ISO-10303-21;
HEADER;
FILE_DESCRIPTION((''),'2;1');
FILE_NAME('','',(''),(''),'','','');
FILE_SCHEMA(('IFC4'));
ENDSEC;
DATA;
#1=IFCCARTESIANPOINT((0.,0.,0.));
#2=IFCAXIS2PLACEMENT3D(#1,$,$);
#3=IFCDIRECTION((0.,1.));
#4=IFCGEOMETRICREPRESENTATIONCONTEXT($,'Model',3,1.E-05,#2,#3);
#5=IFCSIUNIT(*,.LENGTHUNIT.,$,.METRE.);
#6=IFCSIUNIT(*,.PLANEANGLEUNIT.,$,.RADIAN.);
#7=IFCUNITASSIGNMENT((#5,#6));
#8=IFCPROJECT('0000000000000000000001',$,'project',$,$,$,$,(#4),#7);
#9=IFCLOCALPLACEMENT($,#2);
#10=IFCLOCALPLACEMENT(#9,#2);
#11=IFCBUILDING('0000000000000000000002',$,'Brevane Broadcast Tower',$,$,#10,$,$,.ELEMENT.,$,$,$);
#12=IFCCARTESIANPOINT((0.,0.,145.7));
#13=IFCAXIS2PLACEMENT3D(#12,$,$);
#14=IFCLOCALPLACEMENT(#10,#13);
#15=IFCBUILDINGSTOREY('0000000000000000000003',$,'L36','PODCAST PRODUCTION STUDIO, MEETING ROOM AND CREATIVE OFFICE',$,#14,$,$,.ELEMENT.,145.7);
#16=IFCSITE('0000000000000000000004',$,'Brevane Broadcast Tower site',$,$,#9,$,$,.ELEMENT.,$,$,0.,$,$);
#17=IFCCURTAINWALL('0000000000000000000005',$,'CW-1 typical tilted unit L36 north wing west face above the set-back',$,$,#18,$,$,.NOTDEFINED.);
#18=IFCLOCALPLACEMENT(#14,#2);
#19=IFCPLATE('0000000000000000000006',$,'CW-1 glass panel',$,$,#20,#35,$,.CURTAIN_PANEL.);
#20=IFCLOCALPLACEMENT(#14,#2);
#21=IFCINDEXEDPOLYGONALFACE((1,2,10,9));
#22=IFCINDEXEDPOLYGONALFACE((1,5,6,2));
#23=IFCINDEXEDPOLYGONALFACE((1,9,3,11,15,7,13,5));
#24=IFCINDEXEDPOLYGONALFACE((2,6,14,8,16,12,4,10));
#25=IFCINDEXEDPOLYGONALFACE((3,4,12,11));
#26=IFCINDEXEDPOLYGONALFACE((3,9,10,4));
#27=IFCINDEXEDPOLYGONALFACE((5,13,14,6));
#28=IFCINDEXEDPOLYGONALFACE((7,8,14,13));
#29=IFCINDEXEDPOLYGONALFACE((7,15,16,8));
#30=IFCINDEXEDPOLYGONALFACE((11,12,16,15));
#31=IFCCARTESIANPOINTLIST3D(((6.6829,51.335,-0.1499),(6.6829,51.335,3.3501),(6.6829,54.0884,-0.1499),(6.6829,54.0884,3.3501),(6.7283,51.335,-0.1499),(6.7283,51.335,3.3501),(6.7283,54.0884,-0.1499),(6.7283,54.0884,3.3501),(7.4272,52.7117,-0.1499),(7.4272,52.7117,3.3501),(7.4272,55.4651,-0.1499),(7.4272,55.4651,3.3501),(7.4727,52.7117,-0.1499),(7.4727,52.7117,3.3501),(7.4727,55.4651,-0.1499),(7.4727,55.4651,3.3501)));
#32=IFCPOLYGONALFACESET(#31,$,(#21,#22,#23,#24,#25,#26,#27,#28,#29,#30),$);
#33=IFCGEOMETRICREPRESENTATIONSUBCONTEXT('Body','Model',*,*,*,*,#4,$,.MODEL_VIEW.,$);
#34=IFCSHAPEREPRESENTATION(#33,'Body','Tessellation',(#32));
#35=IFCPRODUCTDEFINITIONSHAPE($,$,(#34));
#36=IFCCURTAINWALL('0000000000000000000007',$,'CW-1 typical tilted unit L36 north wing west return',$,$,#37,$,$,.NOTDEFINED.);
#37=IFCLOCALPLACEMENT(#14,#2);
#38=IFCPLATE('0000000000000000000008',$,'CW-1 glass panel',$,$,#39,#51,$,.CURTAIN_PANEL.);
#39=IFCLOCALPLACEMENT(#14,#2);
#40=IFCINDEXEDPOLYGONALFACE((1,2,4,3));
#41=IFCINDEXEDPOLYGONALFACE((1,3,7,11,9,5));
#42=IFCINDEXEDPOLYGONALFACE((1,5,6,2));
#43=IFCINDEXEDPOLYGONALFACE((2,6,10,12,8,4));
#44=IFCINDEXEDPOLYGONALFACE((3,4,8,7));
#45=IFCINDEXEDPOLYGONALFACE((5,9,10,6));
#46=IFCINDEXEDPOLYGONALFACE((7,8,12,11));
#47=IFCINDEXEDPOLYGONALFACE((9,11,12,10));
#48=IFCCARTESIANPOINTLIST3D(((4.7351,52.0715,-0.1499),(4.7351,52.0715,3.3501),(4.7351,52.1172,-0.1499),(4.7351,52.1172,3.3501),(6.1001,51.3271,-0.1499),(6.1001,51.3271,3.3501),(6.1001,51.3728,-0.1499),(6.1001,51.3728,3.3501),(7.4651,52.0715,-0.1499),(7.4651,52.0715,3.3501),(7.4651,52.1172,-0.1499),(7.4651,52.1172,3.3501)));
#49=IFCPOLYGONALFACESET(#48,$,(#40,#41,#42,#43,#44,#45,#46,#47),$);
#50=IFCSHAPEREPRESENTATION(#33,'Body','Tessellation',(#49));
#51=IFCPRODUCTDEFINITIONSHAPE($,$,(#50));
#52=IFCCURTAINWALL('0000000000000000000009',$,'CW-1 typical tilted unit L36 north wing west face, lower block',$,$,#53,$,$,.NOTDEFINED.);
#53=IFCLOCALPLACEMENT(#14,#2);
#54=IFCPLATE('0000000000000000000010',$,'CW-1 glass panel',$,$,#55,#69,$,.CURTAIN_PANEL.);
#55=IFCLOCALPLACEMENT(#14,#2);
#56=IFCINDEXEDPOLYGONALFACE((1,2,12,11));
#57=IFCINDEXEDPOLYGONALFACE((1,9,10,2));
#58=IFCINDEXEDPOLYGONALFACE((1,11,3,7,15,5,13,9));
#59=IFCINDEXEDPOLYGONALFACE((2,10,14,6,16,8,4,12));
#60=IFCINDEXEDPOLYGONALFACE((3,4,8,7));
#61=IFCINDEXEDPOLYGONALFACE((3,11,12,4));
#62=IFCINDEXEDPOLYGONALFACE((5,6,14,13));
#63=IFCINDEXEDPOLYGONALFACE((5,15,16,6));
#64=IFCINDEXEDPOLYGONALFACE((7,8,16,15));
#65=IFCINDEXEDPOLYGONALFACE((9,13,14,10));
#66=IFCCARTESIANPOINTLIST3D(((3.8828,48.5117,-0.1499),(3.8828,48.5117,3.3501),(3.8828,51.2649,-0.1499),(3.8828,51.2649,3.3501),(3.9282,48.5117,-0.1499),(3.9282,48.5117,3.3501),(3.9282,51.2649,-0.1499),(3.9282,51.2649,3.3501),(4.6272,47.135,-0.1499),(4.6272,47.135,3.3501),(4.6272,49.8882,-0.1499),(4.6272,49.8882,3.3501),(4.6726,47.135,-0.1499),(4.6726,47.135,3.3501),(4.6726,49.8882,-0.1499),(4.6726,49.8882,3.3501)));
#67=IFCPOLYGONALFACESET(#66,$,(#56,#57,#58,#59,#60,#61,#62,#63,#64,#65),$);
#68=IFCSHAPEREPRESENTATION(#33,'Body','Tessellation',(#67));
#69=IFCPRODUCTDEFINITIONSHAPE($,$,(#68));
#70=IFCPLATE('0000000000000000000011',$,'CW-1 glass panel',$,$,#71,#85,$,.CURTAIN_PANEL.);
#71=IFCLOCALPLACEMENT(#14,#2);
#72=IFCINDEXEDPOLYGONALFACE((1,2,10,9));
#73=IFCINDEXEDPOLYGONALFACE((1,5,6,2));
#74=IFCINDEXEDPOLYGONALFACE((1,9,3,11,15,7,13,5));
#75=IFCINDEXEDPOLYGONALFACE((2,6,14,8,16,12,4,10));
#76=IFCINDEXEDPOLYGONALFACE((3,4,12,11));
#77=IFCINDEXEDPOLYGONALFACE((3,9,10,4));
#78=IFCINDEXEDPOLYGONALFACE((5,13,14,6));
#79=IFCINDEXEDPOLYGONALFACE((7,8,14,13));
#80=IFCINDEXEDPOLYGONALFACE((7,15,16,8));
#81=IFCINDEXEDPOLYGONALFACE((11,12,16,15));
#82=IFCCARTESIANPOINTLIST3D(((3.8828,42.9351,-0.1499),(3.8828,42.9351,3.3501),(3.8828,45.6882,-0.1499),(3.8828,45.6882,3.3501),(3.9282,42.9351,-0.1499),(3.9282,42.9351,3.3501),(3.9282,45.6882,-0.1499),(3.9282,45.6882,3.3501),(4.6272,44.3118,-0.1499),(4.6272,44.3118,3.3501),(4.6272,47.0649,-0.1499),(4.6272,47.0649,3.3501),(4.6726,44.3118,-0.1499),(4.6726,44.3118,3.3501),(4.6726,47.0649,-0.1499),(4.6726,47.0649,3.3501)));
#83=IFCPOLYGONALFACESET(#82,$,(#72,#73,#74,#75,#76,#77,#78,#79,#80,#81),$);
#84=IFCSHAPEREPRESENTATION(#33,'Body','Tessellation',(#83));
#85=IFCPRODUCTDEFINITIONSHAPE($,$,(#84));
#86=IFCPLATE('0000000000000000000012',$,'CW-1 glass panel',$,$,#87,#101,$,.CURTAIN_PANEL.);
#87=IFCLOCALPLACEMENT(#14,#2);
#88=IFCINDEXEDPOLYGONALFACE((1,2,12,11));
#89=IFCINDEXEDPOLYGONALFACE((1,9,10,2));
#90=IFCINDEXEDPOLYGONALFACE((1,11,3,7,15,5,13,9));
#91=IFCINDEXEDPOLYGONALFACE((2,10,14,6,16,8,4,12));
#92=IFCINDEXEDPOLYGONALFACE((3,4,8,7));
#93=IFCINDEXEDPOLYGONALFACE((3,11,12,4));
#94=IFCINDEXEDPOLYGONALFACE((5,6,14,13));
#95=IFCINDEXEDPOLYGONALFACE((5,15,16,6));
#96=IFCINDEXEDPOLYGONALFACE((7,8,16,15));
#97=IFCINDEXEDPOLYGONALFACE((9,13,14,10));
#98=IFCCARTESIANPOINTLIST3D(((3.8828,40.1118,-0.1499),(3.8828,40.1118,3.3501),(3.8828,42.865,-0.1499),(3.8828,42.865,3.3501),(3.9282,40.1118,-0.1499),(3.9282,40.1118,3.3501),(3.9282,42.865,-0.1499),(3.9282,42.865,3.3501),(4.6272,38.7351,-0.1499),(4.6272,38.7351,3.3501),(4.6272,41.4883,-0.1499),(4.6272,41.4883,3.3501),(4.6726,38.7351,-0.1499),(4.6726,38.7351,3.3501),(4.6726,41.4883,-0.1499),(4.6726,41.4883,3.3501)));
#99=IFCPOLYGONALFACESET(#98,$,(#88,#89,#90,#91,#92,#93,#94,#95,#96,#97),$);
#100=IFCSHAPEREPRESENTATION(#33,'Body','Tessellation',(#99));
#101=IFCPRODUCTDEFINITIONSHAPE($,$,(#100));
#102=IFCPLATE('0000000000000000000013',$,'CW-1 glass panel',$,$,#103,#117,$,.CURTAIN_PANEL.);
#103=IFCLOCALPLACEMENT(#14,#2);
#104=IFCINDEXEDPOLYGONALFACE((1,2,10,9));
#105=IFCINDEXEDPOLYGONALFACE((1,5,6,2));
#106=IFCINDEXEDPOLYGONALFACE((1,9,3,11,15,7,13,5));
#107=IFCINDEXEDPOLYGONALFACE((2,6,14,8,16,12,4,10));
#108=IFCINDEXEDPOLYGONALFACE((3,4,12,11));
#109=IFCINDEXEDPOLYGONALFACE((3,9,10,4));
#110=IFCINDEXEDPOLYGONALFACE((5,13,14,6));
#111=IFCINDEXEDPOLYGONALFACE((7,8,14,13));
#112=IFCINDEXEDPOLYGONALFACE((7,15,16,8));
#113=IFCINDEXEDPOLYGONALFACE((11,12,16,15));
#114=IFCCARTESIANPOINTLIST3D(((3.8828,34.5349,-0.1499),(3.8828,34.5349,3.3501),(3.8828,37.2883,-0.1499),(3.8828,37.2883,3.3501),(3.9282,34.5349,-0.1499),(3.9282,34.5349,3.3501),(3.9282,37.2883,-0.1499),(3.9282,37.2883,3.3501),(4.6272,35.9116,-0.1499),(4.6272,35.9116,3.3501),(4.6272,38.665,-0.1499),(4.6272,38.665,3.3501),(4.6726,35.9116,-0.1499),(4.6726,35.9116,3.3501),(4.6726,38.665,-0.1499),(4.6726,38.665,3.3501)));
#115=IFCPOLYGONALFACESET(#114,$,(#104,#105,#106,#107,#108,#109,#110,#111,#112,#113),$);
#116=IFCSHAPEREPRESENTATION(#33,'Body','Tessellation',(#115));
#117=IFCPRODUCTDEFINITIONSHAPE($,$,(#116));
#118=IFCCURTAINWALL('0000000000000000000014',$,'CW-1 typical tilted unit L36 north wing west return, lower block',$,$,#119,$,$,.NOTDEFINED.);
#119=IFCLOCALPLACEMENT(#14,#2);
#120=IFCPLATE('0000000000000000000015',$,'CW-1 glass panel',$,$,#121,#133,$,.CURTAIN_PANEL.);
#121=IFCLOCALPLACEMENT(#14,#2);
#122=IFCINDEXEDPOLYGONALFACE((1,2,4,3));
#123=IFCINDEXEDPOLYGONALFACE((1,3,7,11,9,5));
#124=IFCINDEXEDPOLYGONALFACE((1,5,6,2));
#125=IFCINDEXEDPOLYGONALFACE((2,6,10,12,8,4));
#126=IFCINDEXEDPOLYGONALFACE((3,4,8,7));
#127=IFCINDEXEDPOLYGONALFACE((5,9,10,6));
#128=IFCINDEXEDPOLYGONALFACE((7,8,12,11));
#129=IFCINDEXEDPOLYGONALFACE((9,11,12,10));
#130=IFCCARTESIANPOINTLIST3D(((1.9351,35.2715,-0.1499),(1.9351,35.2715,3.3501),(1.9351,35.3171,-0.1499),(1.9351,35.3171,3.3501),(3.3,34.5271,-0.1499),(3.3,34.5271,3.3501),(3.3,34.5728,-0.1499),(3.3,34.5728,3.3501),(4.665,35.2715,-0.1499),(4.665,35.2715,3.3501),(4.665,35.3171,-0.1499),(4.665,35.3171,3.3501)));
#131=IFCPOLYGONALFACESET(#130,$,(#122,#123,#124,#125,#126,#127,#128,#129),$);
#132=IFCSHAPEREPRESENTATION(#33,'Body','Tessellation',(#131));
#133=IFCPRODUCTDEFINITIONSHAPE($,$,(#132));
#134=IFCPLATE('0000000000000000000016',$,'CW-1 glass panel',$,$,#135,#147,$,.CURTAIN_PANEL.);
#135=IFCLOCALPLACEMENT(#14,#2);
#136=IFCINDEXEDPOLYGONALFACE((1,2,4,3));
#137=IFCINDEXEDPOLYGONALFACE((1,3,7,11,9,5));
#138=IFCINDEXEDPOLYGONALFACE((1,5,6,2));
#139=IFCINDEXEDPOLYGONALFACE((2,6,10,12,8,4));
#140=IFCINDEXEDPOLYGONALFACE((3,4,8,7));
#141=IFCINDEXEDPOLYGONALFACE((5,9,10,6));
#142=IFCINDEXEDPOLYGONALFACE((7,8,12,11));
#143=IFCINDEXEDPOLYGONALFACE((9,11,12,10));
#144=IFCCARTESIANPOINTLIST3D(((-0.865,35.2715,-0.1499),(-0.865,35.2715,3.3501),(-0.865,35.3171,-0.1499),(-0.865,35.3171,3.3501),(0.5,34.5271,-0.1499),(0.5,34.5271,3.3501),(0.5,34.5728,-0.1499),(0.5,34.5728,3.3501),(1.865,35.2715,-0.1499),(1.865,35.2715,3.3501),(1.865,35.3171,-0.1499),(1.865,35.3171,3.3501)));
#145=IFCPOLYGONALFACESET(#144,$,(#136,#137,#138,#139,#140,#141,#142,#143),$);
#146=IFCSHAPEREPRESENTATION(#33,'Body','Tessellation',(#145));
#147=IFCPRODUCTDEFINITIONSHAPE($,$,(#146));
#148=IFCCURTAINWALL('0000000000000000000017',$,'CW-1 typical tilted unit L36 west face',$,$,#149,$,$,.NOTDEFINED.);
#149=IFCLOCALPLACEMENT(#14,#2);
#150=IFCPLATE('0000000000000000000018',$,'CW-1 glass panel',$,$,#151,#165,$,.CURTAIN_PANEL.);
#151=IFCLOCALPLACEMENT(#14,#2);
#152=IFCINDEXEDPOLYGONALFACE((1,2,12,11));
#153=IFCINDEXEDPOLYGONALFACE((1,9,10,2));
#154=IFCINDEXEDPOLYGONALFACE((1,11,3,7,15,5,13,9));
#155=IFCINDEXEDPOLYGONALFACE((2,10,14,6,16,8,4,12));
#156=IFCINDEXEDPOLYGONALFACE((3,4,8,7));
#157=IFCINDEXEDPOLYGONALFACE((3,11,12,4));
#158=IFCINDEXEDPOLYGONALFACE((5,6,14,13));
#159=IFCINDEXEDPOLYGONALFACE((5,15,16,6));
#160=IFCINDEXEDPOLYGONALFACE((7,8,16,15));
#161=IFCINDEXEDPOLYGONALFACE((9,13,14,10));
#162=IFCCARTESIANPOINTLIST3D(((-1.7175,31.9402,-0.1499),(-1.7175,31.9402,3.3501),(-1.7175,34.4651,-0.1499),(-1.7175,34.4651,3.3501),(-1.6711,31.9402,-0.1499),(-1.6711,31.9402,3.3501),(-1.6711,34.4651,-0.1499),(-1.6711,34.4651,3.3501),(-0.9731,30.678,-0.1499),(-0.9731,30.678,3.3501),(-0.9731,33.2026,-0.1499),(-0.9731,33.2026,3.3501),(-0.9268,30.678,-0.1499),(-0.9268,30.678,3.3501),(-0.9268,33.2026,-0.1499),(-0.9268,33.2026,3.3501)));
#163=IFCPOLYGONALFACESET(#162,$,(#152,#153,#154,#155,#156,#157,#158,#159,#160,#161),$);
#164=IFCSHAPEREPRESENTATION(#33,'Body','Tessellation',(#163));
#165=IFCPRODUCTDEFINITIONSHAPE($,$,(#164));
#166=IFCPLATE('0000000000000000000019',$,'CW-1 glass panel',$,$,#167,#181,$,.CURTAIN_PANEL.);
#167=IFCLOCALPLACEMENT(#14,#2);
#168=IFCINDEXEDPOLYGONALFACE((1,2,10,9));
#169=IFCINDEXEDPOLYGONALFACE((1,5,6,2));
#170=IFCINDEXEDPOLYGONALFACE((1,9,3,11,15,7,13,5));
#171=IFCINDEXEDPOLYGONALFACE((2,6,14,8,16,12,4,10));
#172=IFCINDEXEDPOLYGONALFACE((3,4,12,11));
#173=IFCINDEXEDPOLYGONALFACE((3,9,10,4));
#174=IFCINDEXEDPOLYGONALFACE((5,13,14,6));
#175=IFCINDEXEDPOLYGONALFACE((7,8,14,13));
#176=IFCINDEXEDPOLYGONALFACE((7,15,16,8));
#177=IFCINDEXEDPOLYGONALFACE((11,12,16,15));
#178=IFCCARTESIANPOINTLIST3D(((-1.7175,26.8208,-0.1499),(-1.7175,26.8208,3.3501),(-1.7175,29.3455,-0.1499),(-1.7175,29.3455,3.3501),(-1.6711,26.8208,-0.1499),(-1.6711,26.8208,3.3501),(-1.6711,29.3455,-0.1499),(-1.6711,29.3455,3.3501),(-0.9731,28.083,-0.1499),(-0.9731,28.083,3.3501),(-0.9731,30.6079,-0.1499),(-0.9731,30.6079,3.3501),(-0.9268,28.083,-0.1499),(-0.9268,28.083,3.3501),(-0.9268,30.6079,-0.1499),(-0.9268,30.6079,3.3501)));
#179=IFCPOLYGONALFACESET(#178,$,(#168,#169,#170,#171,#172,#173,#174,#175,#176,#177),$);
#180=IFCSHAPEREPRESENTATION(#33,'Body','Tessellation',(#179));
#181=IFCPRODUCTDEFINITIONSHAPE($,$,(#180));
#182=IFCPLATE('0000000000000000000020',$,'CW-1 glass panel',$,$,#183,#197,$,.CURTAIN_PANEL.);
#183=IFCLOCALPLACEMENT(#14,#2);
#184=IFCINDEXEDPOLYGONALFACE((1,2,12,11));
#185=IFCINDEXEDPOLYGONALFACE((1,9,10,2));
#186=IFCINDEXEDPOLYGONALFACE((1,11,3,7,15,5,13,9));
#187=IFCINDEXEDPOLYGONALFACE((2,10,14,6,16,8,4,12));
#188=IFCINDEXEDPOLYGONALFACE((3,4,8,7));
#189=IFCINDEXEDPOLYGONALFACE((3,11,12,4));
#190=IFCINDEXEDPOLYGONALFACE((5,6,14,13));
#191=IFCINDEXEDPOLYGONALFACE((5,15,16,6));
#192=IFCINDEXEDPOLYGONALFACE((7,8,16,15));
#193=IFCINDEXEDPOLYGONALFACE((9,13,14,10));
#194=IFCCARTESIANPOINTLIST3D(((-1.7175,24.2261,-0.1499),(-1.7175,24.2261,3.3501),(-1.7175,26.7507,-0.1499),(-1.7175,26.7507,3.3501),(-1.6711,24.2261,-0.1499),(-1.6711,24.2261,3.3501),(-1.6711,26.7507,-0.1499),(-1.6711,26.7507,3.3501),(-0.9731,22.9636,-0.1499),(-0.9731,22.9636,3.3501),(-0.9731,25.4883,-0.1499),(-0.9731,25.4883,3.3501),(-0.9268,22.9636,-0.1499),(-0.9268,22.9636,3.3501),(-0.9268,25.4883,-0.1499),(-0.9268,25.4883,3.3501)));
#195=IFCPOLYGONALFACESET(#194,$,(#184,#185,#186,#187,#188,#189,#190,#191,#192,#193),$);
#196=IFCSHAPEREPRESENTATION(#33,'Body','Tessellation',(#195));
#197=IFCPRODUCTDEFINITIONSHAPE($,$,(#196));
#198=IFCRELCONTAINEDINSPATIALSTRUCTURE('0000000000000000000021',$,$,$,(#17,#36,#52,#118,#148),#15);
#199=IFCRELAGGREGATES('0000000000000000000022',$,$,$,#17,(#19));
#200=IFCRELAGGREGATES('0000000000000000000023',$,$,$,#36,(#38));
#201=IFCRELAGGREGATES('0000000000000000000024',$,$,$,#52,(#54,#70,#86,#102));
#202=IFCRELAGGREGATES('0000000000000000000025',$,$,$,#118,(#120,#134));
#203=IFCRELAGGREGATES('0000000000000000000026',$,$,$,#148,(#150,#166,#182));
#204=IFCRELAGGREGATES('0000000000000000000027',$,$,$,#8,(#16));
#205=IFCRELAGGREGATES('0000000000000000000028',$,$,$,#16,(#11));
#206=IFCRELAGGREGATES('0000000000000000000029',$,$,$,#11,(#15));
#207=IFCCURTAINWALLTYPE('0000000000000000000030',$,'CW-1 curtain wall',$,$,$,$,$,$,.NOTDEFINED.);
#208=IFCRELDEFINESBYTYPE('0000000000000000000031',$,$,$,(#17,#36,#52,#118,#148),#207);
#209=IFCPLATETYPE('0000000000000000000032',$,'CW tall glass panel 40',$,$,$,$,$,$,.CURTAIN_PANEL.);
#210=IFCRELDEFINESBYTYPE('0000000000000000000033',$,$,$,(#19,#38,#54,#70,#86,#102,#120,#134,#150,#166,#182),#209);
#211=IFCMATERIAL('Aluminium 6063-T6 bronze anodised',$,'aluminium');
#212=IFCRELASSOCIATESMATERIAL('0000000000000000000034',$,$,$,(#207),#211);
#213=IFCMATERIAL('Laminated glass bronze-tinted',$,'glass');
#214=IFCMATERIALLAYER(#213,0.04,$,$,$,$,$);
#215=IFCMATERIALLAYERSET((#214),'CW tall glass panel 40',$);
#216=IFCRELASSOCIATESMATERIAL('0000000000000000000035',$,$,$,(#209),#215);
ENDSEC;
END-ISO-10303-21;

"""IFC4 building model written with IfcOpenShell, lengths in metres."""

from ifc_helpers import new_model, si_unit, direction, frame, origin, place, context, subcontext, project, spatial, polyline, outline, extrude, material, layer, layer_set, type_object, element, aggregate, save


model = new_model("IFC4")

# Units and contexts
model_context = context("Model", 3, precision=1e-05, world=origin(), true_north=direction((0.0, 1.0)))
body_context = subcontext(model_context, "Body", "Model", "MODEL_VIEW")
ifc_project = project(units=[si_unit("LENGTHUNIT", "METRE"), si_unit("PLANEANGLEUNIT", "RADIAN")], contexts=[model_context])

# Site, building, storey
site_placement = place(None, origin())
site = spatial("IfcSite", under=ifc_project, at=site_placement, Name="Brevane Broadcast Tower site", CompositionType="ELEMENT", RefElevation=0.0)
building_placement = place(site_placement, origin())
building = spatial("IfcBuilding", under=site, at=building_placement, Name="Brevane Broadcast Tower", CompositionType="ELEMENT")
storey_placement = place(building_placement, frame((0.0, 0.0, 145.7)))
storey = spatial("IfcBuildingStorey", under=building, at=storey_placement, Name="L36", Description="PODCAST PRODUCTION STUDIO, MEETING ROOM AND CREATIVE OFFICE", CompositionType="ELEMENT", Elevation=145.7)

# Curtain walls, plates
ifc_material_1 = material(Name="Aluminium 6063-T6 bronze anodised", Category="aluminium")
curtain_wall_type = type_object("IfcCurtainWallType", Name="CW-1 curtain wall", PredefinedType="NOTDEFINED", material=ifc_material_1)
curtain_wall_1_placement = place(storey_placement, origin())
curtain_wall_1 = element("IfcCurtainWall", 1, at=curtain_wall_1_placement, inside=storey, type_object=curtain_wall_type, Name="CW-1 typical tilted unit L36 north wing west face above the set-back", PredefinedType="NOTDEFINED")
ifc_material_2 = material(Name="Laminated glass bronze-tinted", Category="glass")
ifc_layer_1 = layer(ifc_material_2, 0.04)
ifc_layer_set_1 = layer_set([ifc_layer_1], Name="CW tall glass panel 40")
plate_type = type_object("IfcPlateType", Name="CW tall glass panel 40", PredefinedType="CURTAIN_PANEL", material=ifc_layer_set_1)
plate_1_placement = place(storey_placement, frame((0.0, 0.0, -0.1499)))
plate_1 = element("IfcPlate", 2, at=plate_1_placement, type_object=plate_type, Name="CW-1 glass panel", PredefinedType="CURTAIN_PANEL", context=body_context, shape_type="SweptSolid", body=[
    extrude(outline(polyline([(7.4727, 55.4651), (7.4272, 55.4651), (6.6829, 54.0884), (7.4272, 52.7117), (6.6829, 51.335), (6.7283, 51.335), (7.4727, 52.7117), (6.7283, 54.0884), (7.4727, 55.4651)])), origin(), (0.0, 0.0, 1.0), 3.5),
])
aggregate(curtain_wall_1, [plate_1])
curtain_wall_2_placement = place(storey_placement, origin())
curtain_wall_2 = element("IfcCurtainWall", 3, at=curtain_wall_2_placement, inside=storey, type_object=curtain_wall_type, Name="CW-1 typical tilted unit L36 north wing west return", PredefinedType="NOTDEFINED")
plate_2_placement = place(storey_placement, frame((0.0, 0.0, -0.1499)))
plate_2 = element("IfcPlate", 4, at=plate_2_placement, type_object=plate_type, Name="CW-1 glass panel", PredefinedType="CURTAIN_PANEL", context=body_context, shape_type="SweptSolid", body=[
    extrude(outline(polyline([(7.4651, 52.0715), (7.4651, 52.1172), (6.1001, 51.3728), (4.7351, 52.1172), (4.7351, 52.0715), (6.1001, 51.3271), (7.4651, 52.0715)])), origin(), (0.0, 0.0, 1.0), 3.5),
])
aggregate(curtain_wall_2, [plate_2])

# Curtain walls, plates
curtain_wall_3_placement = place(storey_placement, origin())
curtain_wall_3 = element("IfcCurtainWall", 5, at=curtain_wall_3_placement, inside=storey, type_object=curtain_wall_type, Name="CW-1 typical tilted unit L36 north wing west face, lower block", PredefinedType="NOTDEFINED")
plate_3_placement = place(storey_placement, frame((0.0, 0.0, -0.1499)))
plate_3 = element("IfcPlate", 6, at=plate_3_placement, type_object=plate_type, Name="CW-1 glass panel", PredefinedType="CURTAIN_PANEL", context=body_context, shape_type="SweptSolid", body=[
    extrude(outline(polyline([(3.9282, 51.2649), (3.8828, 51.2649), (4.6272, 49.8882), (3.8828, 48.5117), (4.6272, 47.135), (4.6726, 47.135), (3.9282, 48.5117), (4.6726, 49.8882), (3.9282, 51.2649)])), origin(), (0.0, 0.0, 1.0), 3.5),
])
plate_4_placement = place(storey_placement, frame((0.0, 0.0, -0.1499)))
plate_4 = element("IfcPlate", 7, at=plate_4_placement, type_object=plate_type, Name="CW-1 glass panel", PredefinedType="CURTAIN_PANEL", context=body_context, shape_type="SweptSolid", body=[
    extrude(outline(polyline([(4.6726, 47.0649), (4.6272, 47.0649), (3.8828, 45.6882), (4.6272, 44.3118), (3.8828, 42.9351), (3.9282, 42.9351), (4.6726, 44.3118), (3.9282, 45.6882), (4.6726, 47.0649)])), origin(), (0.0, 0.0, 1.0), 3.5),
])
plate_5_placement = place(storey_placement, frame((0.0, 0.0, -0.1499)))
plate_5 = element("IfcPlate", 8, at=plate_5_placement, type_object=plate_type, Name="CW-1 glass panel", PredefinedType="CURTAIN_PANEL", context=body_context, shape_type="SweptSolid", body=[
    extrude(outline(polyline([(3.9282, 42.865), (3.8828, 42.865), (4.6272, 41.4883), (3.8828, 40.1118), (4.6272, 38.7351), (4.6726, 38.7351), (3.9282, 40.1118), (4.6726, 41.4883), (3.9282, 42.865)])), origin(), (0.0, 0.0, 1.0), 3.5),
])
plate_6_placement = place(storey_placement, frame((0.0, 0.0, -0.1499)))
plate_6 = element("IfcPlate", 9, at=plate_6_placement, type_object=plate_type, Name="CW-1 glass panel", PredefinedType="CURTAIN_PANEL", context=body_context, shape_type="SweptSolid", body=[
    extrude(outline(polyline([(4.6726, 38.665), (4.6272, 38.665), (3.8828, 37.2883), (4.6272, 35.9116), (3.8828, 34.5349), (3.9282, 34.5349), (4.6726, 35.9116), (3.9282, 37.2883), (4.6726, 38.665)])), origin(), (0.0, 0.0, 1.0), 3.5),
])
aggregate(curtain_wall_3, [plate_3, plate_4, plate_5, plate_6])
curtain_wall_4_placement = place(storey_placement, origin())
curtain_wall_4 = element("IfcCurtainWall", 10, at=curtain_wall_4_placement, inside=storey, type_object=curtain_wall_type, Name="CW-1 typical tilted unit L36 north wing west return, lower block", PredefinedType="NOTDEFINED")
plate_7_placement = place(storey_placement, frame((0.0, 0.0, -0.1499)))
plate_7 = element("IfcPlate", 11, at=plate_7_placement, type_object=plate_type, Name="CW-1 glass panel", PredefinedType="CURTAIN_PANEL", context=body_context, shape_type="SweptSolid", body=[
    extrude(outline(polyline([(4.665, 35.2715), (4.665, 35.3171), (3.3, 34.5728), (1.9351, 35.3171), (1.9351, 35.2715), (3.3, 34.5271), (4.665, 35.2715)])), origin(), (0.0, 0.0, 1.0), 3.5),
])
plate_8_placement = place(storey_placement, frame((0.0, 0.0, -0.1499)))
plate_8 = element("IfcPlate", 12, at=plate_8_placement, type_object=plate_type, Name="CW-1 glass panel", PredefinedType="CURTAIN_PANEL", context=body_context, shape_type="SweptSolid", body=[
    extrude(outline(polyline([(1.865, 35.2715), (1.865, 35.3171), (0.5, 34.5728), (-0.865, 35.3171), (-0.865, 35.2715), (0.5, 34.5271), (1.865, 35.2715)])), origin(), (0.0, 0.0, 1.0), 3.5),
])
aggregate(curtain_wall_4, [plate_7, plate_8])
curtain_wall_5_placement = place(storey_placement, origin())
curtain_wall_5 = element("IfcCurtainWall", 13, at=curtain_wall_5_placement, inside=storey, type_object=curtain_wall_type, Name="CW-1 typical tilted unit L36 west face", PredefinedType="NOTDEFINED")
plate_9_placement = place(storey_placement, frame((0.0, 0.0, -0.1499)))
plate_9 = element("IfcPlate", 14, at=plate_9_placement, type_object=plate_type, Name="CW-1 glass panel", PredefinedType="CURTAIN_PANEL", context=body_context, shape_type="SweptSolid", body=[
    extrude(outline(polyline([(-1.6711, 34.4651), (-1.7175, 34.4651), (-0.9731, 33.2026), (-1.7175, 31.9402), (-0.9731, 30.678), (-0.9268, 30.678), (-1.6711, 31.9402), (-0.9268, 33.2026), (-1.6711, 34.4651)])), origin(), (0.0, 0.0, 1.0), 3.5),
])
plate_10_placement = place(storey_placement, frame((0.0, 0.0, -0.1499)))
plate_10 = element("IfcPlate", 15, at=plate_10_placement, type_object=plate_type, Name="CW-1 glass panel", PredefinedType="CURTAIN_PANEL", context=body_context, shape_type="SweptSolid", body=[
    extrude(outline(polyline([(-0.9268, 30.6079), (-0.9731, 30.6079), (-1.7175, 29.3455), (-0.9731, 28.083), (-1.7175, 26.8208), (-1.6711, 26.8208), (-0.9268, 28.083), (-1.6711, 29.3455), (-0.9268, 30.6079)])), origin(), (0.0, 0.0, 1.0), 3.5),
])
plate_11_placement = place(storey_placement, frame((0.0, 0.0, -0.1499)))
plate_11 = element("IfcPlate", 16, at=plate_11_placement, type_object=plate_type, Name="CW-1 glass panel", PredefinedType="CURTAIN_PANEL", context=body_context, shape_type="SweptSolid", body=[
    extrude(outline(polyline([(-1.6711, 26.7507), (-1.7175, 26.7507), (-0.9731, 25.4883), (-1.7175, 24.2261), (-0.9731, 22.9636), (-0.9268, 22.9636), (-1.6711, 24.2261), (-0.9268, 25.4883), (-1.6711, 26.7507)])), origin(), (0.0, 0.0, 1.0), 3.5),
])
aggregate(curtain_wall_5, [plate_9, plate_10, plate_11])

save(model, "model.ifc")
